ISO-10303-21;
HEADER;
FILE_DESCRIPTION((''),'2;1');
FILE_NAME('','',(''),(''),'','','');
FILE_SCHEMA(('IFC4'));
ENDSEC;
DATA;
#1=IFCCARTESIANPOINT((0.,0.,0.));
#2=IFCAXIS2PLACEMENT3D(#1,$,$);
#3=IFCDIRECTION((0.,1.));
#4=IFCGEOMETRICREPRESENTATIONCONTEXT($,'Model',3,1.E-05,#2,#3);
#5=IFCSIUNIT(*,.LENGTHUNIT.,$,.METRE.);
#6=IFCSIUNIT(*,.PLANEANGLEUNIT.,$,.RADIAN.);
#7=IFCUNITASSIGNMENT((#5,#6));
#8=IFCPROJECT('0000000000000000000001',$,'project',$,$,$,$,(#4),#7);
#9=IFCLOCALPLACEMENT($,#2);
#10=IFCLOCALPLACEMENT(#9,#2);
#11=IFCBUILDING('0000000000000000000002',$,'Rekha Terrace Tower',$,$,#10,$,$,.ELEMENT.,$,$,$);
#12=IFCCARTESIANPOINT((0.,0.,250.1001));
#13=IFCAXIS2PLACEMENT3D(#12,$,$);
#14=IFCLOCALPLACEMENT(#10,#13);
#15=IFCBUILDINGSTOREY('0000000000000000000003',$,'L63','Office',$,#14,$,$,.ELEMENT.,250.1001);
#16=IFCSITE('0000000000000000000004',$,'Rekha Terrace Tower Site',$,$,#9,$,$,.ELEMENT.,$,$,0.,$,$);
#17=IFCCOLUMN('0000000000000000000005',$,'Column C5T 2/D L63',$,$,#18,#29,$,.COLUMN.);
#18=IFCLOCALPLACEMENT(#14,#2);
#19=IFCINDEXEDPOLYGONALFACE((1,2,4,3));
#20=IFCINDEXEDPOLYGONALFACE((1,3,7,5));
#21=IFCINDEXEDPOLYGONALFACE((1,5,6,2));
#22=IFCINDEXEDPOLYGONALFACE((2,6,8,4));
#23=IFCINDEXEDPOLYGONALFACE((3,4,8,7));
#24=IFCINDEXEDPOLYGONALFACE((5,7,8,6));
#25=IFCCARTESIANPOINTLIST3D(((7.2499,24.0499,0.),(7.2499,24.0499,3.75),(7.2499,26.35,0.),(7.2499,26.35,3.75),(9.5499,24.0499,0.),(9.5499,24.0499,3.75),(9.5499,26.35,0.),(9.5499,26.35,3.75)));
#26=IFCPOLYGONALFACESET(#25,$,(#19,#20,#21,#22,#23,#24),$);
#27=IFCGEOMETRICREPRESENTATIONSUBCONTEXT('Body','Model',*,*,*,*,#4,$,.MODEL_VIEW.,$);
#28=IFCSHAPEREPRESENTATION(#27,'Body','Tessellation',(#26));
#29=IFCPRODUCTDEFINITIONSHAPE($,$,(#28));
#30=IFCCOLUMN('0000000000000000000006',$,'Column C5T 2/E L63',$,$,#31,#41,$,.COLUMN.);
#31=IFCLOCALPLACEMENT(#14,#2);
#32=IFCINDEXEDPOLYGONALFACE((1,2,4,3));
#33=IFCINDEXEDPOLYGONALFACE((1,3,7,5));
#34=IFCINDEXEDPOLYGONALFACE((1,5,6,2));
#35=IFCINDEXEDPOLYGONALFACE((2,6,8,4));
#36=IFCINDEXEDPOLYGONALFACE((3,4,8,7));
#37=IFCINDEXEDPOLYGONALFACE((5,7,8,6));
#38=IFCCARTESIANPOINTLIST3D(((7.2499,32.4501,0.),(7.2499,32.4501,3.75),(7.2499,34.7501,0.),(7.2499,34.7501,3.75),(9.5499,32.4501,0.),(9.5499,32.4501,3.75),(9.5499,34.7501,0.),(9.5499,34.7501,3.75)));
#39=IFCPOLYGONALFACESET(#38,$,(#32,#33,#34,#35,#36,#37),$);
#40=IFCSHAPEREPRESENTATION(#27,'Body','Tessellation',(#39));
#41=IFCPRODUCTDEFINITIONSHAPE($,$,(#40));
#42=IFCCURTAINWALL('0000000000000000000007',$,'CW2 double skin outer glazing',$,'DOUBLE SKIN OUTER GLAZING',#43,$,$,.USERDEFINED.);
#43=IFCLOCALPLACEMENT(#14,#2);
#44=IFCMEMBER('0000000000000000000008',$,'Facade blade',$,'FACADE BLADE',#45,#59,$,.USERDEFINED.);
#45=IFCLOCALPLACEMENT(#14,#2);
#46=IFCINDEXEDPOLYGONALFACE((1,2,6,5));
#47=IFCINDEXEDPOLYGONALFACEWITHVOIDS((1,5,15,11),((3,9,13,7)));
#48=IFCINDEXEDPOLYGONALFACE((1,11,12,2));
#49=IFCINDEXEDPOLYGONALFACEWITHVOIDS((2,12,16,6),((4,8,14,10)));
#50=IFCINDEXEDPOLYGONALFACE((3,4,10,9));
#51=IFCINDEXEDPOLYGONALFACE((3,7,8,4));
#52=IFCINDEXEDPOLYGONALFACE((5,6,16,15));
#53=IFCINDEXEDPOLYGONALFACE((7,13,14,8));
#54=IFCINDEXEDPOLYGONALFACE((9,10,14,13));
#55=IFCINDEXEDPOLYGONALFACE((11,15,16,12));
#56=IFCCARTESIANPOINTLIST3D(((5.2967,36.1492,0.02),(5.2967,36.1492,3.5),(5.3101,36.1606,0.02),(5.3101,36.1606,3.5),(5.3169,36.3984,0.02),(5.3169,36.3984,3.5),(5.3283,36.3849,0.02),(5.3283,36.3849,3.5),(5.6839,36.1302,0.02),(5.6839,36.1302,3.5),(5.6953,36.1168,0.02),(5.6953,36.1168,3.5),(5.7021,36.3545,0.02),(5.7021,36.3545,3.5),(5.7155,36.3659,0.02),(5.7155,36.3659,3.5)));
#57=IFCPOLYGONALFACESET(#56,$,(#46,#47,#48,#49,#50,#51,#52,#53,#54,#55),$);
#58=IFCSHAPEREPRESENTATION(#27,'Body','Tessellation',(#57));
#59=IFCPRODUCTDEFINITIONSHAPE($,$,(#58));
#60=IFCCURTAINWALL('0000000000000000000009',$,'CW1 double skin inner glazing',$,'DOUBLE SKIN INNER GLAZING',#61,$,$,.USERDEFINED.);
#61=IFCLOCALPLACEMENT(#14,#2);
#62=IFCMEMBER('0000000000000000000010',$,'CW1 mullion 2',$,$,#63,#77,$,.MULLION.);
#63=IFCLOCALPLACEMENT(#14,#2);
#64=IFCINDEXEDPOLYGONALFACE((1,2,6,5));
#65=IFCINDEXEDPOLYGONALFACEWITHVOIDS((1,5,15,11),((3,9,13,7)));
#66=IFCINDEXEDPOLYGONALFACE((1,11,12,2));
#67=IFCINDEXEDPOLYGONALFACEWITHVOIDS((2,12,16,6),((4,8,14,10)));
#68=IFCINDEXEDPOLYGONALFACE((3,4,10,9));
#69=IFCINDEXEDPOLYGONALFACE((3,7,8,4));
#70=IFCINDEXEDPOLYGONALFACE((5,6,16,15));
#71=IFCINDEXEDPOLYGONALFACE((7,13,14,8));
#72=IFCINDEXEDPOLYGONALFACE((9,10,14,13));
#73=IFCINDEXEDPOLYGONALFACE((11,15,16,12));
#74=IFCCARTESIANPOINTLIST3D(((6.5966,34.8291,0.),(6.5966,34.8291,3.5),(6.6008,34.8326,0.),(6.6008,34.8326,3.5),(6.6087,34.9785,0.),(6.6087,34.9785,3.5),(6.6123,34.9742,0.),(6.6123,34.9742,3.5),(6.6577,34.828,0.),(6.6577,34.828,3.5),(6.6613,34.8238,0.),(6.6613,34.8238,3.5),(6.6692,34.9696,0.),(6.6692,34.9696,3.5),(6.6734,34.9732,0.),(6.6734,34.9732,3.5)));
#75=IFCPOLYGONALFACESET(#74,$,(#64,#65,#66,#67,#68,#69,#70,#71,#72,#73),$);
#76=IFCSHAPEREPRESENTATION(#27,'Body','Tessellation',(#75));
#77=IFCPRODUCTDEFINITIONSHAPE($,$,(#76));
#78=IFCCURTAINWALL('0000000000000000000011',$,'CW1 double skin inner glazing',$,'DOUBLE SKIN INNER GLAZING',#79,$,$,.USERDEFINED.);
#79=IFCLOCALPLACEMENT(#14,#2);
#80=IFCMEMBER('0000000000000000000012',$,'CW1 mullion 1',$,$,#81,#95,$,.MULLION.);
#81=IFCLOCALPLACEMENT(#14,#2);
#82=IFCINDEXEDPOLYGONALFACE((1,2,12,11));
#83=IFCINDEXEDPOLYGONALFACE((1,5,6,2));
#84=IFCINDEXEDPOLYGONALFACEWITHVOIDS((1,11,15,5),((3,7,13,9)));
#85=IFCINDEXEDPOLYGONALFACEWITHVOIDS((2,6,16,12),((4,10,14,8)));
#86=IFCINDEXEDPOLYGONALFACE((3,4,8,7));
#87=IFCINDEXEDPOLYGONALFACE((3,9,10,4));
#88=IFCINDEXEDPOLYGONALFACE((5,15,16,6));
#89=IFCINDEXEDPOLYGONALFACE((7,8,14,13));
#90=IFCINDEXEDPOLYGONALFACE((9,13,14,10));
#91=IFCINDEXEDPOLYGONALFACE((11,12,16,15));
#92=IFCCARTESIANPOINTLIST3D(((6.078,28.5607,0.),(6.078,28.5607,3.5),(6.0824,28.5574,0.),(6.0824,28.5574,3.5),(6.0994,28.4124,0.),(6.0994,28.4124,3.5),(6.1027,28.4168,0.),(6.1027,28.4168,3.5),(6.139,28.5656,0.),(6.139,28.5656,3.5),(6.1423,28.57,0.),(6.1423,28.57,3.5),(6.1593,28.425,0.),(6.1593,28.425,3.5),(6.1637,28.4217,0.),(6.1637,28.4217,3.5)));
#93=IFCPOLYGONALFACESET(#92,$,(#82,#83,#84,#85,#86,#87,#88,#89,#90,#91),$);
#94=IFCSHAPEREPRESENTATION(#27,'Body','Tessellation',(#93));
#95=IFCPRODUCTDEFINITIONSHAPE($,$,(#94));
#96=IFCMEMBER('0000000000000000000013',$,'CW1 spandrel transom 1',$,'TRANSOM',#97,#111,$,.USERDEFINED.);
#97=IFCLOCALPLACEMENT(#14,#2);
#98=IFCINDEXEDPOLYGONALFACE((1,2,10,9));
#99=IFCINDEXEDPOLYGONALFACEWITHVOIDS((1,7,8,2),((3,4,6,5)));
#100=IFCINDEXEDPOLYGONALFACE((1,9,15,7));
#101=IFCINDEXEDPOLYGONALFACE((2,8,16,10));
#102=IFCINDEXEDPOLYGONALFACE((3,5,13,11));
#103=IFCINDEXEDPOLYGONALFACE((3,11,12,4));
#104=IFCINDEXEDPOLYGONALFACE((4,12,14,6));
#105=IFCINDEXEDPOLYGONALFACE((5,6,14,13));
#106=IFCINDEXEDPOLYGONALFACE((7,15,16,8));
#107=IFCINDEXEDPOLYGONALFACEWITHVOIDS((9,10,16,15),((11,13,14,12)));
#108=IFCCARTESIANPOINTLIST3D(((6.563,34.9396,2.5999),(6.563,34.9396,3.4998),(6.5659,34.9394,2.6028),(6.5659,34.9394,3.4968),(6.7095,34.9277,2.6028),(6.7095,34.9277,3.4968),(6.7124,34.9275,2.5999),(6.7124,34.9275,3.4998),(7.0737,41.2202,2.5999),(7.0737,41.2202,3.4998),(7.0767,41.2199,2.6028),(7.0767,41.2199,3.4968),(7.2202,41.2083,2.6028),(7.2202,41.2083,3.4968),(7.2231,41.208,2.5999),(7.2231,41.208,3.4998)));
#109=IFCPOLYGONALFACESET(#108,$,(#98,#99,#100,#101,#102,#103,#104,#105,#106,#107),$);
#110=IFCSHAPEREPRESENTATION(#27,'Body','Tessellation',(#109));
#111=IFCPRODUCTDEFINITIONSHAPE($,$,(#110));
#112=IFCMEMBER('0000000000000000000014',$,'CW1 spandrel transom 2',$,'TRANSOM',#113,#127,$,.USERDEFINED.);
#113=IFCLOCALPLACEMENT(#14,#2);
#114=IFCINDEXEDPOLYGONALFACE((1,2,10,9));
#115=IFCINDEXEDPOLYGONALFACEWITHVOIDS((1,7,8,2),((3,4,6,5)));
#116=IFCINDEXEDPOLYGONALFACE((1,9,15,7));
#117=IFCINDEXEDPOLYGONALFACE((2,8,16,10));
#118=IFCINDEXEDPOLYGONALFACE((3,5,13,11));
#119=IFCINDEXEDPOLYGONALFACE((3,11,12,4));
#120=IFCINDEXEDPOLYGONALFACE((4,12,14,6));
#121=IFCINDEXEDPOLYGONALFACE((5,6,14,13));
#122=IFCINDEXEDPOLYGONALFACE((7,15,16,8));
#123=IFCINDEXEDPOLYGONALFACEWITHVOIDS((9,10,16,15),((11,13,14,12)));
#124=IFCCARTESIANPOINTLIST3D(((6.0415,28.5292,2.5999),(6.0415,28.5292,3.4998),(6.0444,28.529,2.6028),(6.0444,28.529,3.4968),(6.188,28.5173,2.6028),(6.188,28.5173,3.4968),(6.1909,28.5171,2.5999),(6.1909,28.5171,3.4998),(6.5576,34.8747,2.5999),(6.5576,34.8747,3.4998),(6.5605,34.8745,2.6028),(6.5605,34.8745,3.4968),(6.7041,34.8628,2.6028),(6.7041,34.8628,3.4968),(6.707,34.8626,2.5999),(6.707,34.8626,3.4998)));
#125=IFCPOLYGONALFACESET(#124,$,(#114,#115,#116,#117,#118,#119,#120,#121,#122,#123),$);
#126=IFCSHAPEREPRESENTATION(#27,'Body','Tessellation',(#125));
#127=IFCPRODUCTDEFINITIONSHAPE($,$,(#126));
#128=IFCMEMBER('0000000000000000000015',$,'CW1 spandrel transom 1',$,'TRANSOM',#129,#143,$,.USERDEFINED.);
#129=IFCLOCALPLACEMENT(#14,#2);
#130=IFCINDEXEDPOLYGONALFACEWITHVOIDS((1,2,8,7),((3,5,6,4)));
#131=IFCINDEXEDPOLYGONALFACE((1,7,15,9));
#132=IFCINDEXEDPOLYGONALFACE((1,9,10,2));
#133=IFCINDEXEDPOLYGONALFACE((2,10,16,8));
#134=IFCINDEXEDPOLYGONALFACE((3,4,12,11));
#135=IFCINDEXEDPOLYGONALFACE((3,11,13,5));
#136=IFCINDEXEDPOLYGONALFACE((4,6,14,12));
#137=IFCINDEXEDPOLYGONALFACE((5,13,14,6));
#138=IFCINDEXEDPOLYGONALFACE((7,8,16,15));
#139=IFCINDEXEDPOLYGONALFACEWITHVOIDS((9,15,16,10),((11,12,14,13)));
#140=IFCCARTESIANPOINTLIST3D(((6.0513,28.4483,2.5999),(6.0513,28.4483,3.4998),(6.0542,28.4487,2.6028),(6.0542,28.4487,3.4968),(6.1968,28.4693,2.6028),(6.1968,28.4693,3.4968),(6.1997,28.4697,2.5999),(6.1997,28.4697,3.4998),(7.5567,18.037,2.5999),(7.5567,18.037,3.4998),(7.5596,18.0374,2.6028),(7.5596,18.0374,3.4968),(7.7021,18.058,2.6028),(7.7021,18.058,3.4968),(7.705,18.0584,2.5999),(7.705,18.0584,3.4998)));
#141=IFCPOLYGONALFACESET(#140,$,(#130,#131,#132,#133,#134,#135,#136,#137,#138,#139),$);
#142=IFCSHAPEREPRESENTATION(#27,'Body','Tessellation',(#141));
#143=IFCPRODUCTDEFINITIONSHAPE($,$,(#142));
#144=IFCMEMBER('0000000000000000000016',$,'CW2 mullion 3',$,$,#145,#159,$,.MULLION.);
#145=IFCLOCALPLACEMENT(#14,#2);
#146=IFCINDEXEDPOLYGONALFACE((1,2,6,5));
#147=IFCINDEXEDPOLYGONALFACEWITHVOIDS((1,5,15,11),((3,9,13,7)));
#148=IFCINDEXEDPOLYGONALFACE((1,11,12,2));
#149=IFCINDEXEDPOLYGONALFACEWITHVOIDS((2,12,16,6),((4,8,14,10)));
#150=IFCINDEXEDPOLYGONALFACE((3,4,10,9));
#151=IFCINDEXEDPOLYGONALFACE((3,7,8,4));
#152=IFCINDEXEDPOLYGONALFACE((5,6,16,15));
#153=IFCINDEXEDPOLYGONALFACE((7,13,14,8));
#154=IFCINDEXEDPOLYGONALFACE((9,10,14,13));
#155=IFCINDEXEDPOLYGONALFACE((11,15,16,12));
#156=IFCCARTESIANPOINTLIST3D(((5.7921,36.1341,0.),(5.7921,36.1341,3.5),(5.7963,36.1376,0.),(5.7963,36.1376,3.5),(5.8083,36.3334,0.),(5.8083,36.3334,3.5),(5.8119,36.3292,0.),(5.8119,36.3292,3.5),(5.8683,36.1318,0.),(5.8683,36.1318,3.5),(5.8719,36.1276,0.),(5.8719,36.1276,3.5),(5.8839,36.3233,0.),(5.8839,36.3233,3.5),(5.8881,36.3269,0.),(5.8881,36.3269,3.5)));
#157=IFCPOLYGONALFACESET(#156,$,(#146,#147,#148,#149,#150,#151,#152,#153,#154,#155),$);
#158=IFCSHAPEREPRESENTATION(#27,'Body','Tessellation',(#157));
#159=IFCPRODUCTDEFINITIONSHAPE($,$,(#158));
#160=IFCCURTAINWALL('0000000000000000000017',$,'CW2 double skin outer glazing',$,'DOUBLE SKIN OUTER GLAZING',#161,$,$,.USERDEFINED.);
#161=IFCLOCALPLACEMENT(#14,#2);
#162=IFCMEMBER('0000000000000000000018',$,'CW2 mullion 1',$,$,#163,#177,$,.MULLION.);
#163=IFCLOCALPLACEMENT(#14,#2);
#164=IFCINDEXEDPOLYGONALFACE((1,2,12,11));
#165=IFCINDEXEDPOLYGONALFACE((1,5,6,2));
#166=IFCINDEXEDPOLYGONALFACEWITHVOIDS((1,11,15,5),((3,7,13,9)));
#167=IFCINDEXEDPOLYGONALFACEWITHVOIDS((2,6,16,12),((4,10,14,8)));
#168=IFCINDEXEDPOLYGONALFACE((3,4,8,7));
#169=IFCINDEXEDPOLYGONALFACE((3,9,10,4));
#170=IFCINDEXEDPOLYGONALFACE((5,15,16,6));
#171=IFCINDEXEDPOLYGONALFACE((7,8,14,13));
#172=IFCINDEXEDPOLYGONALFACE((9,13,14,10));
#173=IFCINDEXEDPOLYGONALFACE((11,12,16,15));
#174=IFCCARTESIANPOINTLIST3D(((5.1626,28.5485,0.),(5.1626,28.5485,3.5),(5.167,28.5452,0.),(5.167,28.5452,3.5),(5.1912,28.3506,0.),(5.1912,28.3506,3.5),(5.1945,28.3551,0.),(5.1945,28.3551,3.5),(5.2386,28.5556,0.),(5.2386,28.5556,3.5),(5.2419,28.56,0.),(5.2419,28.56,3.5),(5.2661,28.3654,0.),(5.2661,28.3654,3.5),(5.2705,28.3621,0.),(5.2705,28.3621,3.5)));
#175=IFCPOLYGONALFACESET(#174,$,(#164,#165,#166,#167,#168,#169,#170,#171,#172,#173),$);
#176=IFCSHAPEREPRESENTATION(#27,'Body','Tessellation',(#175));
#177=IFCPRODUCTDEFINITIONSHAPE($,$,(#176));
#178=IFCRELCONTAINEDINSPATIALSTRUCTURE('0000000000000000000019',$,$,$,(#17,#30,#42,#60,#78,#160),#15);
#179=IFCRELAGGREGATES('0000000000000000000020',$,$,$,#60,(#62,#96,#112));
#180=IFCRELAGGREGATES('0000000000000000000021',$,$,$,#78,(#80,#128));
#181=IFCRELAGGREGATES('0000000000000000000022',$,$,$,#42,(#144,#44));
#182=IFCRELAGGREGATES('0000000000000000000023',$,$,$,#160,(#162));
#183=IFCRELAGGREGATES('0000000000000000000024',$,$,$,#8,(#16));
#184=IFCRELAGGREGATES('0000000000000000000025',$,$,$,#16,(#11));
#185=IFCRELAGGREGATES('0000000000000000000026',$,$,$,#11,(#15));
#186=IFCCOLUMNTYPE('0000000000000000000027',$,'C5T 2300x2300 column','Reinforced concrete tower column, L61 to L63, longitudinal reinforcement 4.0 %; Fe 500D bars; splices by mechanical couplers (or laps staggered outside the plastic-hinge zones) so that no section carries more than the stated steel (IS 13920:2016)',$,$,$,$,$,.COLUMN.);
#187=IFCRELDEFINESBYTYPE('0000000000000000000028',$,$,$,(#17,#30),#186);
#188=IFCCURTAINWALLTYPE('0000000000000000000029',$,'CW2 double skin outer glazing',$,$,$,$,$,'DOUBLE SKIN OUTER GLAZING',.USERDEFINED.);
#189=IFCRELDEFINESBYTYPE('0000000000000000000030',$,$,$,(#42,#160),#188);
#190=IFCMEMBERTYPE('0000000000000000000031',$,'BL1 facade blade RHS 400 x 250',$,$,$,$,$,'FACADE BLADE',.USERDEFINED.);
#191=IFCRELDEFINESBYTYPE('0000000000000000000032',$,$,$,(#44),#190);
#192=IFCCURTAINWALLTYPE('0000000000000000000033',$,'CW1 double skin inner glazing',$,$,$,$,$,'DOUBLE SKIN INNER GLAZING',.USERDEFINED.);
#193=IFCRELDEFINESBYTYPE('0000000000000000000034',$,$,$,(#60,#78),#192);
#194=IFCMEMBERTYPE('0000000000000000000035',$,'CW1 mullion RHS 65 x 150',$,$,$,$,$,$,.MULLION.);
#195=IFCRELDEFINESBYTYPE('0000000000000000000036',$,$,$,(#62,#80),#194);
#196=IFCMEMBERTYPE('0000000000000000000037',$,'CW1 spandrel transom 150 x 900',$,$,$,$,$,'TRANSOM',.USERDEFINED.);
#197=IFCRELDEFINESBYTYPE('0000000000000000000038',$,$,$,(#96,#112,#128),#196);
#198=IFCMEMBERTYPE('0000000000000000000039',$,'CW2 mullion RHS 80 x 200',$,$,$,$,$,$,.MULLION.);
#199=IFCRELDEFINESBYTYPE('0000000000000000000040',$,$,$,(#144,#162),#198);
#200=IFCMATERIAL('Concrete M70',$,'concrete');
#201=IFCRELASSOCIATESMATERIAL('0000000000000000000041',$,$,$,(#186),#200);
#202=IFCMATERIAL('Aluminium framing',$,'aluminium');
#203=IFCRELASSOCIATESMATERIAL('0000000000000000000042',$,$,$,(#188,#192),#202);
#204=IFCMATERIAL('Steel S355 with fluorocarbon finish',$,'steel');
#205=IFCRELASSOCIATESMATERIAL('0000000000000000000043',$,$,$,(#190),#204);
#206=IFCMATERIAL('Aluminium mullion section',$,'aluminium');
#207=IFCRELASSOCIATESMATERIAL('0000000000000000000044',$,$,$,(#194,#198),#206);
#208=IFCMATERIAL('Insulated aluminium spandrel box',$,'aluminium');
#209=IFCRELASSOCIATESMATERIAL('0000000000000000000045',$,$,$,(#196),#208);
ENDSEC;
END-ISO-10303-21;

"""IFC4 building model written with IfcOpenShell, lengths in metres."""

from ifc_helpers import new_model, si_unit, direction, frame, origin, origin_2d, place, context, subcontext, project, spatial, rectangle, hollow_rectangle, extrude, material, material_profile, profile_set, type_object, element, aggregate, save


model = new_model("IFC4")

# Units and contexts
model_context = context("Model", 3, precision=1e-05, world=origin(), true_north=direction((0.0, 1.0)))
body_context = subcontext(model_context, "Body", "Model", "MODEL_VIEW")
ifc_project = project(units=[si_unit("LENGTHUNIT", "METRE"), si_unit("PLANEANGLEUNIT", "RADIAN")], contexts=[model_context])

# Site, building, storey
site_placement = place(None, origin())
site = spatial("IfcSite", under=ifc_project, at=site_placement, Name="Rekha Terrace Tower Site", CompositionType="ELEMENT", RefElevation=0.0)
building_placement = place(site_placement, origin())
building = spatial("IfcBuilding", under=site, at=building_placement, Name="Rekha Terrace Tower", CompositionType="ELEMENT")
storey_placement = place(building_placement, frame((0.0, 0.0, 250.1001)))
storey = spatial("IfcBuildingStorey", under=building, at=storey_placement, Name="L63", Description="Office", CompositionType="ELEMENT", Elevation=250.1001)

# Columns
ifc_material_1 = material(Name="Concrete M70", Category="concrete")
ifc_material_profile_1 = material_profile(ifc_material_1, rectangle(XDim=2.3, YDim=2.3, at=origin_2d()), Name="RC 2300x2300")
ifc_profile_set_1 = profile_set([ifc_material_profile_1], Name="Concrete M70")
column_type = type_object("IfcColumnType", Name="C5T 2300x2300 column", Description="Reinforced concrete tower column, L61 to L63, longitudinal reinforcement 4.0 %; Fe 500D bars; splices by mechanical couplers (or laps staggered outside the plastic-hinge zones) so that no section carries more than the stated steel (IS 13920:2016)", PredefinedType="COLUMN", material=ifc_profile_set_1)
for number, where, z_axis, x_axis, name in (
    (1, (8.3999, 25.2, 0.0), (0.0, 0.0, 1.0), (1.0, 0.0, 0.0), "Column C5T 2/D L63"),
    (2, (8.3999, 33.6001, 0.0), (0.0, 0.0, 1.0), (1.0, 0.0, 0.0), "Column C5T 2/E L63"),
):
    element("IfcColumn", number, at=place(storey_placement, frame(where, z_axis=z_axis, x_axis=x_axis)), inside=storey, type_object=column_type, Name=name, PredefinedType="COLUMN", context=body_context, shape_type="SweptSolid", body=[
        extrude(rectangle(XDim=2.3, YDim=2.3, at=origin_2d()), origin(), (0.0, 0.0, 1.0), 3.75),
    ])

# Curtain walls, members
ifc_material_2 = material(Name="Aluminium framing", Category="aluminium")
curtain_wall_type_1 = type_object("IfcCurtainWallType", Name="CW2 double skin outer glazing", ElementType="DOUBLE SKIN OUTER GLAZING", PredefinedType="USERDEFINED", material=ifc_material_2)
curtain_wall_1_placement = place(storey_placement, origin())
curtain_wall_1 = element("IfcCurtainWall", 3, at=curtain_wall_1_placement, inside=storey, type_object=curtain_wall_type_1, Name="CW2 double skin outer glazing", ObjectType="DOUBLE SKIN OUTER GLAZING", PredefinedType="USERDEFINED")
ifc_material_3 = material(Name="Steel S355 with fluorocarbon finish", Category="steel")
ifc_material_profile_2 = material_profile(ifc_material_3, hollow_rectangle(XDim=0.25, YDim=0.3999, WallThickness=0.0125, at=origin_2d()), Name="RHS400x250x12.5")
ifc_profile_set_2 = profile_set([ifc_material_profile_2], Name="Steel S355 with fluorocarbon finish")
member_type_1 = type_object("IfcMemberType", Name="BL1 facade blade RHS 400 x 250", ElementType="FACADE BLADE", PredefinedType="USERDEFINED", material=ifc_profile_set_2)
member_1_placement = place(storey_placement, frame((5.5061, 36.2576, 0.02), z_axis=(0.0, 0.0, 1.0), x_axis=(-0.081069, -0.996709, 0.0)))
member_1 = element("IfcMember", 4, at=member_1_placement, type_object=member_type_1, Name="Facade blade", ObjectType="FACADE BLADE", PredefinedType="USERDEFINED", context=body_context, shape_type="SweptSolid", body=[
    extrude(hollow_rectangle(XDim=0.25, YDim=0.3999, WallThickness=0.0125, at=origin_2d()), origin(), (0.0, 0.0, 1.0), 3.48),
])
curtain_wall_type_2 = type_object("IfcCurtainWallType", Name="CW1 double skin inner glazing", ElementType="DOUBLE SKIN INNER GLAZING", PredefinedType="USERDEFINED", material=ifc_material_2)
curtain_wall_2_placement = place(storey_placement, origin())
curtain_wall_2 = element("IfcCurtainWall", 5, at=curtain_wall_2_placement, inside=storey, type_object=curtain_wall_type_2, Name="CW1 double skin inner glazing", ObjectType="DOUBLE SKIN INNER GLAZING", PredefinedType="USERDEFINED")
ifc_material_4 = material(Name="Aluminium mullion section", Category="aluminium")
ifc_material_profile_3 = material_profile(ifc_material_4, hollow_rectangle(XDim=0.0649, YDim=0.1499, WallThickness=0.0039, at=origin_2d()), Name="AL RHS 65x150")
ifc_profile_set_3 = profile_set([ifc_material_profile_3], Name="Aluminium mullion section")
member_type_2 = type_object("IfcMemberType", Name="CW1 mullion RHS 65 x 150", PredefinedType="MULLION", material=ifc_profile_set_3)
member_2_placement = place(storey_placement, frame((6.635, 34.9011, 0.0), z_axis=(0.0, 0.0, 1.0), x_axis=(0.996709, -0.081068, 0.0)))
member_2 = element("IfcMember", 6, at=member_2_placement, type_object=member_type_2, Name="CW1 mullion 2", PredefinedType="MULLION", context=body_context, shape_type="SweptSolid", body=[
    extrude(hollow_rectangle(XDim=0.0649, YDim=0.1499, WallThickness=0.0039, at=origin_2d()), origin(), (0.0, 0.0, 1.0), 3.5),
])
curtain_wall_3_placement = place(storey_placement, origin())
curtain_wall_3 = element("IfcCurtainWall", 7, at=curtain_wall_3_placement, inside=storey, type_object=curtain_wall_type_2, Name="CW1 double skin inner glazing", ObjectType="DOUBLE SKIN INNER GLAZING", PredefinedType="USERDEFINED")
member_3_placement = place(storey_placement, frame((6.1208, 28.4912, 0.0), z_axis=(0.0, 0.0, 1.0), x_axis=(0.989707, 0.143108, 0.0)))
member_3 = element("IfcMember", 8, at=member_3_placement, type_object=member_type_2, Name="CW1 mullion 1", PredefinedType="MULLION", context=body_context, shape_type="SweptSolid", body=[
    extrude(hollow_rectangle(XDim=0.0649, YDim=0.1499, WallThickness=0.0039, at=origin_2d()), origin(), (0.0, 0.0, 1.0), 3.5),
])

# Members
ifc_material_5 = material(Name="Insulated aluminium spandrel box", Category="aluminium")
ifc_material_profile_4 = material_profile(ifc_material_5, hollow_rectangle(XDim=0.1499, YDim=0.8999, WallThickness=0.0029, at=origin_2d()), Name="AL SPANDREL BOX 150x900")
ifc_profile_set_4 = profile_set([ifc_material_profile_4], Name="Insulated aluminium spandrel box")
member_type_3 = type_object("IfcMemberType", Name="CW1 spandrel transom 150 x 900", ElementType="TRANSOM", PredefinedType="USERDEFINED", material=ifc_profile_set_4)
member_4_placement = place(storey_placement, frame((7.1484, 41.2141, 3.0498), z_axis=(-0.081054, -0.99671, 0.0), x_axis=(0.99671, -0.081054, 0.0)))
member_4 = element("IfcMember", 9, at=member_4_placement, type_object=member_type_3, Name="CW1 spandrel transom 1", ObjectType="TRANSOM", PredefinedType="USERDEFINED", context=body_context, shape_type="SweptSolid", body=[
    extrude(hollow_rectangle(XDim=0.1499, YDim=0.8999, WallThickness=0.0029, at=origin_2d()), origin(), (0.0, 0.0, 1.0), 6.3013),
])
member_5_placement = place(storey_placement, frame((6.6323, 34.8687, 3.0498), z_axis=(-0.081068, -0.996709, 0.0), x_axis=(0.996709, -0.081068, 0.0)))
member_5 = element("IfcMember", 10, at=member_5_placement, type_object=member_type_3, Name="CW1 spandrel transom 2", ObjectType="TRANSOM", PredefinedType="USERDEFINED", context=body_context, shape_type="SweptSolid", body=[
    extrude(hollow_rectangle(XDim=0.1499, YDim=0.8999, WallThickness=0.0029, at=origin_2d()), origin(), (0.0, 0.0, 1.0), 6.3665),
])
member_6_placement = place(storey_placement, frame((6.1255, 28.459, 3.0498), z_axis=(0.143101, -0.989708, 0.0), x_axis=(0.989708, 0.143101, 0.0)))
member_6 = element("IfcMember", 11, at=member_6_placement, type_object=member_type_3, Name="CW1 spandrel transom 1", ObjectType="TRANSOM", PredefinedType="USERDEFINED", context=body_context, shape_type="SweptSolid", body=[
    extrude(hollow_rectangle(XDim=0.1499, YDim=0.8999, WallThickness=0.0029, at=origin_2d()), origin(), (0.0, 0.0, 1.0), 10.5195),
])
ifc_material_profile_5 = material_profile(ifc_material_4, hollow_rectangle(XDim=0.0801, YDim=0.2, WallThickness=0.0039, at=origin_2d()), Name="AL RHS 80x200")
ifc_profile_set_5 = profile_set([ifc_material_profile_5], Name="Aluminium mullion section")
member_type_4 = type_object("IfcMemberType", Name="CW2 mullion RHS 80 x 200", PredefinedType="MULLION", material=ifc_profile_set_5)
member_7_placement = place(storey_placement, frame((5.8401, 36.2305, 0.0), z_axis=(0.0, 0.0, 1.0), x_axis=(0.996709, -0.081068, 0.0)))
member_7 = element("IfcMember", 12, at=member_7_placement, type_object=member_type_4, Name="CW2 mullion 3", PredefinedType="MULLION", context=body_context, shape_type="SweptSolid", body=[
    extrude(hollow_rectangle(XDim=0.0801, YDim=0.2, WallThickness=0.0039, at=origin_2d()), origin(), (0.0, 0.0, 1.0), 3.5),
])

# Curtain wall, member
curtain_wall_4_placement = place(storey_placement, origin())
curtain_wall_4 = element("IfcCurtainWall", 13, at=curtain_wall_4_placement, inside=storey, type_object=curtain_wall_type_1, Name="CW2 double skin outer glazing", ObjectType="DOUBLE SKIN OUTER GLAZING", PredefinedType="USERDEFINED")
member_8_placement = place(storey_placement, frame((5.2166, 28.4553, 0.0), z_axis=(0.0, 0.0, 1.0), x_axis=(0.989707, 0.143108, 0.0)))
member_8 = element("IfcMember", 14, at=member_8_placement, type_object=member_type_4, Name="CW2 mullion 1", PredefinedType="MULLION", context=body_context, shape_type="SweptSolid", body=[
    extrude(hollow_rectangle(XDim=0.0801, YDim=0.2, WallThickness=0.0039, at=origin_2d()), origin(), (0.0, 0.0, 1.0), 3.5),
])

aggregate(curtain_wall_2, [member_2, member_4, member_5])
aggregate(curtain_wall_3, [member_3, member_6])
aggregate(curtain_wall_1, [member_7, member_1])
aggregate(curtain_wall_4, [member_8])

save(model, "model.ifc")
